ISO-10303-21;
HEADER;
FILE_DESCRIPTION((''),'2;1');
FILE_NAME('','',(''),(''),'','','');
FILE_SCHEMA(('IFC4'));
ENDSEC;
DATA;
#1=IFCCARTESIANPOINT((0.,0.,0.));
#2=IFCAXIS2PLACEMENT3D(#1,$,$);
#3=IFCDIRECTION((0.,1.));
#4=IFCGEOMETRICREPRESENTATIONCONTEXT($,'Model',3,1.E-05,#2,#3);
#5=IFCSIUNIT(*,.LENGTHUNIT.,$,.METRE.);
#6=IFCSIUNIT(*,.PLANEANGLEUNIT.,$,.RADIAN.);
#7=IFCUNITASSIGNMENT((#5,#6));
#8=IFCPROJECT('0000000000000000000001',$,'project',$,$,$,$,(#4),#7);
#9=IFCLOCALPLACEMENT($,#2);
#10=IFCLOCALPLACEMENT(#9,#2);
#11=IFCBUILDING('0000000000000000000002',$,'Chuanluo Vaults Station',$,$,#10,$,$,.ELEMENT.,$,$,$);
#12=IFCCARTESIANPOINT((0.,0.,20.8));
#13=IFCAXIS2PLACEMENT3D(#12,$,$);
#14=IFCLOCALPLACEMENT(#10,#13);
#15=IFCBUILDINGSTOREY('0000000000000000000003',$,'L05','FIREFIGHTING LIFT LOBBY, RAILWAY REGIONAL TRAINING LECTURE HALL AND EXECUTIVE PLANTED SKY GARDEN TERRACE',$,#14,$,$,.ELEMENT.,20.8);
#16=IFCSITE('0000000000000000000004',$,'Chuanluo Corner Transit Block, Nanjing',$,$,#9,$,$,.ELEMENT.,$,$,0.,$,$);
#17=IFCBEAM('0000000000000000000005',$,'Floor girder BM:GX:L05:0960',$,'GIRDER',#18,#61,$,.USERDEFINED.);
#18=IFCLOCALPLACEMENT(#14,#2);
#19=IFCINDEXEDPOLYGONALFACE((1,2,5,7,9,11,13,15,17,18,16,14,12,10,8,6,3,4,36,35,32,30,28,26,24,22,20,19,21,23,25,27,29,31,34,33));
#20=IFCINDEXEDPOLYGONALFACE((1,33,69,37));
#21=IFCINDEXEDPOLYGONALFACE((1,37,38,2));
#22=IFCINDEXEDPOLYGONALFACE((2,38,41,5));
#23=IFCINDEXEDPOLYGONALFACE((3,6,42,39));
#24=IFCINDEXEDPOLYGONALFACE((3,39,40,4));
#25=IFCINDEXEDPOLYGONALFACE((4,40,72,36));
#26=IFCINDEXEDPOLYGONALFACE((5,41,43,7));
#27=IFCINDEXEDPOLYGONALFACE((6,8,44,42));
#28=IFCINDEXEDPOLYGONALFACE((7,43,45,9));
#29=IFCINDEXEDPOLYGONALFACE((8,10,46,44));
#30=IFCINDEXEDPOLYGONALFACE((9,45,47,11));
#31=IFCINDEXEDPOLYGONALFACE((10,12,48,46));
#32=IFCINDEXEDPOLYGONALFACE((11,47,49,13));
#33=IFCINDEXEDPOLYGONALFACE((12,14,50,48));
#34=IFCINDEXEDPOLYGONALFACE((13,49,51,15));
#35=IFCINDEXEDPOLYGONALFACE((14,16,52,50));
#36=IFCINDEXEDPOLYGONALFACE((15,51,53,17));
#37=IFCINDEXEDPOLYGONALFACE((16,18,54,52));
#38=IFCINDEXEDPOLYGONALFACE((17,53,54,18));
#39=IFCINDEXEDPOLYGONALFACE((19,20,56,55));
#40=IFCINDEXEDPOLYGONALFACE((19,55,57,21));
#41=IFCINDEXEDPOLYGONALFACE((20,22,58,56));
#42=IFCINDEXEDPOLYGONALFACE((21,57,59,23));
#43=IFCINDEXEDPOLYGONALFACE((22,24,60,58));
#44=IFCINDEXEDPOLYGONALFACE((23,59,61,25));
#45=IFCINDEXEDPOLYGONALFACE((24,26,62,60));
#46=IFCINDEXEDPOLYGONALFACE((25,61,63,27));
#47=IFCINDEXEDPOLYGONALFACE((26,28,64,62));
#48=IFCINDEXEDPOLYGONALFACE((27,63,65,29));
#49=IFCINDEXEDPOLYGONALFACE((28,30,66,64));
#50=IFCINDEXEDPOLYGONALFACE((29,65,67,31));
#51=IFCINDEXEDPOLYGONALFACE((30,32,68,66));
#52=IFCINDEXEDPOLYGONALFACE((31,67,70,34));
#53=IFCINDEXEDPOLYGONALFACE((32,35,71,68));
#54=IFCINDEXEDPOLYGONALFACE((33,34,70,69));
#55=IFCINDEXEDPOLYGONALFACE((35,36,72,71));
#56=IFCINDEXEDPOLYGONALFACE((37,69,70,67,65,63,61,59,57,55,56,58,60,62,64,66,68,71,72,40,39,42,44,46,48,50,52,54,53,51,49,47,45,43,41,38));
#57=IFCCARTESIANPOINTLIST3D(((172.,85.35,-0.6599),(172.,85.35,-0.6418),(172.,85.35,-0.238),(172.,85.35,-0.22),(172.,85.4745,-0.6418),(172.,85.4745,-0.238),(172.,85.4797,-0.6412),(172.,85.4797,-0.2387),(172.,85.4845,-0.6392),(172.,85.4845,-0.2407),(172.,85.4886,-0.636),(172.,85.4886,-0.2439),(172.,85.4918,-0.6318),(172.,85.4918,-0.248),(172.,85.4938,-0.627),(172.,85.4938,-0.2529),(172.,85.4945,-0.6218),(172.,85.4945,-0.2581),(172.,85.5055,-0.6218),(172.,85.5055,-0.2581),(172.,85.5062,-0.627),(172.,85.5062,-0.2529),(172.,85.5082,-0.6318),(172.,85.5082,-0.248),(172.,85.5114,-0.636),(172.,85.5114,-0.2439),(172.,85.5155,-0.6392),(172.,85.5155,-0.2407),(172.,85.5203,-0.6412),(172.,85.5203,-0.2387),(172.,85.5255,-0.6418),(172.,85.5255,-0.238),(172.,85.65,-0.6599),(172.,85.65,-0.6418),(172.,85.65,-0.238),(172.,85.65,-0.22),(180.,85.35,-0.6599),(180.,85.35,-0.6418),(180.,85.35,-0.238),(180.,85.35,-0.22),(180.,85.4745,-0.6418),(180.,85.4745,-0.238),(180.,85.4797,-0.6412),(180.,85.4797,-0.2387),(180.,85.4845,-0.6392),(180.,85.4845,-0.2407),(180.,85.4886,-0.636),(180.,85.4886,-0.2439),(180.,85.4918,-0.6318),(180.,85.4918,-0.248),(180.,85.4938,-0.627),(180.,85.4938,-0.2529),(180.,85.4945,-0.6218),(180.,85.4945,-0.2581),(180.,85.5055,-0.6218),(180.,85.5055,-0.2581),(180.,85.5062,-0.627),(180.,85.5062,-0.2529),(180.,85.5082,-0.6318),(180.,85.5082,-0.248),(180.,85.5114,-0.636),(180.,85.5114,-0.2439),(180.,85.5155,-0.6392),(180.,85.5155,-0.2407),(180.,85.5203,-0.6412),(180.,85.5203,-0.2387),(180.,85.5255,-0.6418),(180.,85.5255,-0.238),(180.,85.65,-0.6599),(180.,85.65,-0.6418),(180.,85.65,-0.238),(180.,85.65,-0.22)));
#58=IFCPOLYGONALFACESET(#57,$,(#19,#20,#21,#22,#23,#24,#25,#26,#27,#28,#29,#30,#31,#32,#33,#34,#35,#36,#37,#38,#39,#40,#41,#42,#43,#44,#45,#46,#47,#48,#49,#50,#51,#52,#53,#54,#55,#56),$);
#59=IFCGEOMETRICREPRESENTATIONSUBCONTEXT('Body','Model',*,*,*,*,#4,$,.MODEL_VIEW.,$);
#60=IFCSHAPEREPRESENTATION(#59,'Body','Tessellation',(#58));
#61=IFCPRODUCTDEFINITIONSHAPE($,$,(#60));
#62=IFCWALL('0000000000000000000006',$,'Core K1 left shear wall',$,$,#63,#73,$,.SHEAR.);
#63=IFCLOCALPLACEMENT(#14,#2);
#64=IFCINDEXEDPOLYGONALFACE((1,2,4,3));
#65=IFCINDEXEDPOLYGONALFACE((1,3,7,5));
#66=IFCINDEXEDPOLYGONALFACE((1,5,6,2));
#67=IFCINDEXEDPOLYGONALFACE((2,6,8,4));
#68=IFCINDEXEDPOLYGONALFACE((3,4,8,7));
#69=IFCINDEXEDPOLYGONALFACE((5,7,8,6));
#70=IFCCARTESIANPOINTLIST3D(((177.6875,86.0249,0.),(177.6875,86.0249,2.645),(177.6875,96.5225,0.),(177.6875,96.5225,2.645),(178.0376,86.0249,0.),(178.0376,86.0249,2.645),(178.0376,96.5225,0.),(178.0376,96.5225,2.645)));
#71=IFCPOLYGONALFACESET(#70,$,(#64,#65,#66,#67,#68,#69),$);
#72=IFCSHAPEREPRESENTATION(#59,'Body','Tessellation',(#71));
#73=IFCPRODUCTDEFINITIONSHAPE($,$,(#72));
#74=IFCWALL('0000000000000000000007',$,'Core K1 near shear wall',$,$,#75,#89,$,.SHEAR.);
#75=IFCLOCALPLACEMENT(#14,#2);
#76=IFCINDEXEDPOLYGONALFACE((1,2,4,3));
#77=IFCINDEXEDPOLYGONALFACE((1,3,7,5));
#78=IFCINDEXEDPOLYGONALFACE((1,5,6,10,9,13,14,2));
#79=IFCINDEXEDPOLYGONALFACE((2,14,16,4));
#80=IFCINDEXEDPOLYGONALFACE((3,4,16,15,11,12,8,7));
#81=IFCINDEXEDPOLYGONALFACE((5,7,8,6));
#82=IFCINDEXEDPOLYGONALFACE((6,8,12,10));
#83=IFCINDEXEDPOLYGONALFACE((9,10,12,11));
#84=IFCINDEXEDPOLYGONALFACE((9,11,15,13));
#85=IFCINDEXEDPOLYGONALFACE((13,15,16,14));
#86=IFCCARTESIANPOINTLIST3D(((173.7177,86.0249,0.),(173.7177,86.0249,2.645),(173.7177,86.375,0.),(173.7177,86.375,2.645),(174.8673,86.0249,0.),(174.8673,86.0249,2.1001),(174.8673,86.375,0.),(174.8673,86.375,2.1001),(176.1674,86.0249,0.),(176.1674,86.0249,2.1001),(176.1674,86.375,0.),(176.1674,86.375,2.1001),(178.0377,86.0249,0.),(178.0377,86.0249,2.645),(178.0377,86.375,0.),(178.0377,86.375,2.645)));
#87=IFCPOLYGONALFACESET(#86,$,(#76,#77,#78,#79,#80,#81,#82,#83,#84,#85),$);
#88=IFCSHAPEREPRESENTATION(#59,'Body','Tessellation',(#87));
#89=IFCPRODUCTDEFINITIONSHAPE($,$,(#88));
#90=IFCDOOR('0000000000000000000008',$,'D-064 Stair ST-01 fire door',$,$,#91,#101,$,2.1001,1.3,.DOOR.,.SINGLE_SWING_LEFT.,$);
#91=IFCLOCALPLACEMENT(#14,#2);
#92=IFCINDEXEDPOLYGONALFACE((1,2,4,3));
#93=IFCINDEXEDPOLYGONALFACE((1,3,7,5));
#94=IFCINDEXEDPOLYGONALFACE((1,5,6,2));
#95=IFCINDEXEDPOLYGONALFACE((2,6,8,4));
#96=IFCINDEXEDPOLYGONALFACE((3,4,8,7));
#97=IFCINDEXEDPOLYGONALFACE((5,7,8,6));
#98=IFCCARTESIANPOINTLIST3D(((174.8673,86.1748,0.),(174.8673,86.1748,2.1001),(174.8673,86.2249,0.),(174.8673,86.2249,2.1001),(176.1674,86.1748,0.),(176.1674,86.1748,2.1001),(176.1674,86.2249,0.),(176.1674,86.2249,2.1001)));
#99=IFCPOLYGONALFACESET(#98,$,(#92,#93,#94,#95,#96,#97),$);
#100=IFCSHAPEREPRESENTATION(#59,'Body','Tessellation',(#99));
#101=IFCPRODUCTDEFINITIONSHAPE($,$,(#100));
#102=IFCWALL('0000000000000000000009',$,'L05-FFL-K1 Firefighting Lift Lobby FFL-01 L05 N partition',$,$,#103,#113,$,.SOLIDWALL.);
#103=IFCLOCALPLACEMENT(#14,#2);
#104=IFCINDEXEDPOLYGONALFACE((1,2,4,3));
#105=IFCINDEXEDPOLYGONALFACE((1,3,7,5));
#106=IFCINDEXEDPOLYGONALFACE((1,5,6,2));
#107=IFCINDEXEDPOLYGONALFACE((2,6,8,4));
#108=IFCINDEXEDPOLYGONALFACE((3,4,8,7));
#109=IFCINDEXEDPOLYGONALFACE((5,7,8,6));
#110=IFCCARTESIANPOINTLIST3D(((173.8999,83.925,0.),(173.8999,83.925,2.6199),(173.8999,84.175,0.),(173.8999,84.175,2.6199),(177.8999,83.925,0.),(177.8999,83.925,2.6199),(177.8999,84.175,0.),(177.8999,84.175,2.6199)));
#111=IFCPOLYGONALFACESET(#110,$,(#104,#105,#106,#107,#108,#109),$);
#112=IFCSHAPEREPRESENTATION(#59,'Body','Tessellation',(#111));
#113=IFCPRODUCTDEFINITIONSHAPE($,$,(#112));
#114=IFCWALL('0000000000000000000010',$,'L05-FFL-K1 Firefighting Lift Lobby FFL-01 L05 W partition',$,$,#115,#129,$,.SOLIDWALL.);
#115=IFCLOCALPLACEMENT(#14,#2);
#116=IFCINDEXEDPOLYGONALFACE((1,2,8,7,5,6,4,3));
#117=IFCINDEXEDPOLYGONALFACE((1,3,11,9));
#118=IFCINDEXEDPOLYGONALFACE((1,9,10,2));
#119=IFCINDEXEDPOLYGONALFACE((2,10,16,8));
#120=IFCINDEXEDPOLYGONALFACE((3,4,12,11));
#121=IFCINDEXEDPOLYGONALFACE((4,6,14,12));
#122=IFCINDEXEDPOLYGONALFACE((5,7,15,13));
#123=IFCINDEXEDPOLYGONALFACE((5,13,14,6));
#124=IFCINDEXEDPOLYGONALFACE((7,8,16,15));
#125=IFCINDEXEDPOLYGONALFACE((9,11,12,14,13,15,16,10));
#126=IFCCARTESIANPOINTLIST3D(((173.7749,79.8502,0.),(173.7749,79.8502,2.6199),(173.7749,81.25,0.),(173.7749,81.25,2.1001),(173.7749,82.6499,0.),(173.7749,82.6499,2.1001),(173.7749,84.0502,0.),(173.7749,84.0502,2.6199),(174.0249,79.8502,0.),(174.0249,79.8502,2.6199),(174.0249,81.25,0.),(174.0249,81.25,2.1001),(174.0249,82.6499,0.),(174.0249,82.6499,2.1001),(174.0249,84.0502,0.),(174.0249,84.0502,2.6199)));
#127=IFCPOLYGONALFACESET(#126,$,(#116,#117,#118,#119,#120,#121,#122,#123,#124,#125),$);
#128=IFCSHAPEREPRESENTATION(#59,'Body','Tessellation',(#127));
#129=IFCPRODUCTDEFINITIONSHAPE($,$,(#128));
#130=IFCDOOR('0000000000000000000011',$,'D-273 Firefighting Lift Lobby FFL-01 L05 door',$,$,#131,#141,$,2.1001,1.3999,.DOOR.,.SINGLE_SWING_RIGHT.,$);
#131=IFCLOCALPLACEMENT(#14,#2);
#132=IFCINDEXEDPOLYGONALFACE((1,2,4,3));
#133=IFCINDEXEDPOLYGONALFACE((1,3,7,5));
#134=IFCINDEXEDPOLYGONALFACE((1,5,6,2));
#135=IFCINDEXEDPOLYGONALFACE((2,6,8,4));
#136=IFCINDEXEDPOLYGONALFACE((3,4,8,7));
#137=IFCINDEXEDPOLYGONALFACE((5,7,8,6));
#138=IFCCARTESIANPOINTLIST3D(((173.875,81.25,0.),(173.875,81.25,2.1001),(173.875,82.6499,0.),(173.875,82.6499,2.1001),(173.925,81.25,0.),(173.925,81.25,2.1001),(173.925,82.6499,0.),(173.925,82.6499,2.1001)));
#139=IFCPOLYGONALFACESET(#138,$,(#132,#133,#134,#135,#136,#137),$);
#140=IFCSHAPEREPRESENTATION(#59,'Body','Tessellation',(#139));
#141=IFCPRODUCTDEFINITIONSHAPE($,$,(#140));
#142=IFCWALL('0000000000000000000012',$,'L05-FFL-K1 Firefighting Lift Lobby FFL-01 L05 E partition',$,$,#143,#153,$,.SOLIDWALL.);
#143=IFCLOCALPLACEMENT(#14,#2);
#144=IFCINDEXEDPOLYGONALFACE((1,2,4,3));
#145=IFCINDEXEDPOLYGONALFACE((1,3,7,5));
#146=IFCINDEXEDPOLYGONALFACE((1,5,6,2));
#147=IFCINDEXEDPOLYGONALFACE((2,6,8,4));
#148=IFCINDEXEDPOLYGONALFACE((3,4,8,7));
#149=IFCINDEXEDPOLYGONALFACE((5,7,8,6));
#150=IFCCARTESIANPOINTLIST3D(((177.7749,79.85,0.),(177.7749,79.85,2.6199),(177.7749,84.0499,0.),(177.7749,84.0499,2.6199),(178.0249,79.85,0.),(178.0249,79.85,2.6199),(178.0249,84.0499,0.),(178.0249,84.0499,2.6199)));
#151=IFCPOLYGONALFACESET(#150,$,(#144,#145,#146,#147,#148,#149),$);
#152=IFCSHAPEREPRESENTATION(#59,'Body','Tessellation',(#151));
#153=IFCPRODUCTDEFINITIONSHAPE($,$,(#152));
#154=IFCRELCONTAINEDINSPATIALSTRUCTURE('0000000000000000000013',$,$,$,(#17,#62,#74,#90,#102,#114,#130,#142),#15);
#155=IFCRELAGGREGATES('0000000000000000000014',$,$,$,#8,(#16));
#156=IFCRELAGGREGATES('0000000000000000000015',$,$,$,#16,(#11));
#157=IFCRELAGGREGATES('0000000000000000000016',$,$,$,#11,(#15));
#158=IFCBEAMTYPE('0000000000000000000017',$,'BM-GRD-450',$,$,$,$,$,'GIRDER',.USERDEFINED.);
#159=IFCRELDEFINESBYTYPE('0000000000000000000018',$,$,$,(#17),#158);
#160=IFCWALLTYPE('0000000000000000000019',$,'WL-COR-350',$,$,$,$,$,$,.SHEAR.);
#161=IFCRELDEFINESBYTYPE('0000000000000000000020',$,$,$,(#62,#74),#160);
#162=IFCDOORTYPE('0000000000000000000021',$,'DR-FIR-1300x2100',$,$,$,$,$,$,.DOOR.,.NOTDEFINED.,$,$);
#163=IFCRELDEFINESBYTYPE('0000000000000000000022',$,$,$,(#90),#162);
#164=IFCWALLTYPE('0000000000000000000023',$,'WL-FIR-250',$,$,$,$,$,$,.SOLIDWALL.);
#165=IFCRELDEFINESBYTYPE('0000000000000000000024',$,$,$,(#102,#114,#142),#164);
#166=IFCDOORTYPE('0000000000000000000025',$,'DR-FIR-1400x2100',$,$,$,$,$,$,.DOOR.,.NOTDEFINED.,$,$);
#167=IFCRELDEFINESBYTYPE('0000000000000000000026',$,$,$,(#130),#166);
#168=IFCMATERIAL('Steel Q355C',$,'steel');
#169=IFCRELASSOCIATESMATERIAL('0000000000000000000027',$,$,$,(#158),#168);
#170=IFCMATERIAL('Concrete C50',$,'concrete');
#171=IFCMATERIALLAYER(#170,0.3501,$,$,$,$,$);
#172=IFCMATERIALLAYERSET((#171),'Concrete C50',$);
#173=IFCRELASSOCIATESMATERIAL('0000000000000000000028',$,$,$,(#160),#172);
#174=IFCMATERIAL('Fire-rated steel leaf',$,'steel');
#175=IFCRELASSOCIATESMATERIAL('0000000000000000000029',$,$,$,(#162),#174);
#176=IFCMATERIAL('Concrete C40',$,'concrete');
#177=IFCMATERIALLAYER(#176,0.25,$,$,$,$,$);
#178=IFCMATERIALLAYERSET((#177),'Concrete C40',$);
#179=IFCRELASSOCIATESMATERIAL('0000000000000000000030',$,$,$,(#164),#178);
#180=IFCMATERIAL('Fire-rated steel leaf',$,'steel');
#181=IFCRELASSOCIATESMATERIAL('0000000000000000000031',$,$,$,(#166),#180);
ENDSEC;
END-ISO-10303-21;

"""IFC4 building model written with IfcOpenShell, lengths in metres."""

from ifc_helpers import new_model, si_unit, direction, frame, frame_2d, origin, origin_2d, place, context, subcontext, project, spatial, rectangle, i_section, extrude, material, layer, layer_set, material_profile, profile_set, type_object, element, fill, save


model = new_model("IFC4")

# Units and contexts
model_context = context("Model", 3, precision=1e-05, world=origin(), true_north=direction((0.0, 1.0)))
body_context = subcontext(model_context, "Body", "Model", "MODEL_VIEW")
ifc_project = project(units=[si_unit("LENGTHUNIT", "METRE"), si_unit("PLANEANGLEUNIT", "RADIAN")], contexts=[model_context])

# Site, building, storey
site_placement = place(None, origin())
site = spatial("IfcSite", under=ifc_project, at=site_placement, Name="Chuanluo Corner Transit Block, Nanjing", CompositionType="ELEMENT", RefElevation=0.0)
building_placement = place(site_placement, origin())
building = spatial("IfcBuilding", under=site, at=building_placement, Name="Chuanluo Vaults Station", CompositionType="ELEMENT")
storey_placement = place(building_placement, frame((0.0, 0.0, 20.8)))
storey = spatial("IfcBuildingStorey", under=building, at=storey_placement, Name="L05", Description="FIREFIGHTING LIFT LOBBY, RAILWAY REGIONAL TRAINING LECTURE HALL AND EXECUTIVE PLANTED SKY GARDEN TERRACE", CompositionType="ELEMENT", Elevation=20.8)

# Beam
ifc_material_1 = material(Name="Steel Q355C", Category="steel")
ifc_material_profile_1 = material_profile(ifc_material_1, i_section(OverallWidth=0.3, OverallDepth=0.4399, WebThickness=0.011, FlangeThickness=0.0181, FilletRadius=0.02, at=origin_2d()))
ifc_profile_set_1 = profile_set([ifc_material_profile_1], Name="Steel Q355C")
beam_type_1 = type_object("IfcBeamType", Name="BM-GRD-450", ElementType="GIRDER", PredefinedType="USERDEFINED", material=ifc_profile_set_1)
for number, where, z_axis, x_axis, name in (
    (1, (172.0, 85.5, -0.4399), (1.0, 0.0, 0.0), (0.0, 1.0, 0.0), "Floor girder BM:GX:L05:0960"),
):
    element("IfcBeam", number, at=place(storey_placement, frame(where, z_axis=z_axis, x_axis=x_axis)), inside=storey, type_object=beam_type_1, Name=name, ObjectType="GIRDER", PredefinedType="USERDEFINED", context=body_context, shape_type="SweptSolid", body=[
        extrude(i_section(OverallWidth=0.3, OverallDepth=0.4399, WebThickness=0.011, FlangeThickness=0.0181, FilletRadius=0.02, at=origin_2d()), origin(), (0.0, 0.0, 1.0), 8.0),
    ])

# Wall
ifc_material_2 = material(Name="Concrete C50", Category="concrete")
ifc_layer_1 = layer(ifc_material_2, 0.3501)
ifc_layer_set_1 = layer_set([ifc_layer_1], Name="Concrete C50")
wall_type_1 = type_object("IfcWallType", Name="WL-COR-350", PredefinedType="SHEAR", material=ifc_layer_set_1)
wall_1_placement = place(storey_placement, frame((177.8625, 86.0249, 0.0), z_axis=(0.0, 0.0, 1.0), x_axis=(0.0, 1.0, 0.0)))
element("IfcWall", 2, at=wall_1_placement, inside=storey, type_object=wall_type_1, Name="Core K1 left shear wall", PredefinedType="SHEAR", context=body_context, shape_type="SweptSolid", body=[
    extrude(rectangle(XDim=10.4976, YDim=0.3501, at=frame_2d((5.2488, 0.0))), origin(), (0.0, 0.0, 1.0), 2.645),
])

# Wall, opening, door
wall_2_placement = place(storey_placement, frame((173.7175, 86.2, 0.0), z_axis=(0.0, 0.0, 1.0), x_axis=(1.0, 0.0, 0.0)))
wall_2 = element("IfcWall", 3, at=wall_2_placement, inside=storey, type_object=wall_type_1, Name="Core K1 near shear wall", PredefinedType="SHEAR", context=body_context, shape_type="SweptSolid", body=[
    extrude(rectangle(XDim=4.3201, YDim=0.3501, at=frame_2d((2.1602, 0.0))), origin(), (0.0, 0.0, 1.0), 2.645),
])
opening_1_placement = place(wall_2_placement, frame((1.1499, 0.0, 0.0)))
opening_1 = element("IfcOpeningElement", 4, at=opening_1_placement, cuts=wall_2, PredefinedType="OPENING", context=body_context, shape_type="SweptSolid", body=[
    extrude(rectangle(XDim=1.3, YDim=2.1001, at=frame_2d((0.6499, 1.05))), frame((0.0, 0.185, 0.0), z_axis=(0.0, -1.0, 0.0), x_axis=(1.0, 0.0, 0.0)), (0.0, 0.0, 1.0), 0.3701),
])
ifc_material_3 = material(Name="Fire-rated steel leaf", Category="steel")
door_type_1 = type_object("IfcDoorType", Name="DR-FIR-1300x2100", OperationType="NOTDEFINED", PredefinedType="DOOR", material=ifc_material_3)
door_1_placement = place(opening_1_placement, origin())
door_1 = element("IfcDoor", 5, at=door_1_placement, inside=storey, type_object=door_type_1, Name="D-064 Stair ST-01 fire door", OperationType="SINGLE_SWING_LEFT", OverallHeight=2.1001, OverallWidth=1.3, PredefinedType="DOOR", context=body_context, shape_type="SweptSolid", body=[
    extrude(rectangle(XDim=1.3, YDim=2.1001, at=frame_2d((0.6499, 1.05))), frame((0.0, 0.0249, 0.0), z_axis=(0.0, -1.0, 0.0), x_axis=(1.0, 0.0, 0.0)), (0.0, 0.0, 1.0), 0.05),
])
fill(opening_1, door_1)

# Wall
ifc_material_4 = material(Name="Concrete C40", Category="concrete")
ifc_layer_2 = layer(ifc_material_4, 0.25)
ifc_layer_set_2 = layer_set([ifc_layer_2], Name="Concrete C40")
wall_type_2 = type_object("IfcWallType", Name="WL-FIR-250", PredefinedType="SOLIDWALL", material=ifc_layer_set_2)
wall_3_placement = place(storey_placement, frame((173.8999, 84.05, 0.0), z_axis=(0.0, 0.0, 1.0), x_axis=(1.0, 0.0, 0.0)))
element("IfcWall", 6, at=wall_3_placement, inside=storey, type_object=wall_type_2, Name="L05-FFL-K1 Firefighting Lift Lobby FFL-01 L05 N partition", PredefinedType="SOLIDWALL", context=body_context, shape_type="SweptSolid", body=[
    extrude(rectangle(XDim=4.0, YDim=0.25, at=frame_2d((2.0, 0.0))), origin(), (0.0, 0.0, 1.0), 2.6199),
])

# Wall, opening, door
wall_4_placement = place(storey_placement, frame((173.8999, 79.8501, 0.0), z_axis=(0.0, 0.0, 1.0), x_axis=(0.0, 1.0, 0.0)))
wall_4 = element("IfcWall", 7, at=wall_4_placement, inside=storey, type_object=wall_type_2, Name="L05-FFL-K1 Firefighting Lift Lobby FFL-01 L05 W partition", PredefinedType="SOLIDWALL", context=body_context, shape_type="SweptSolid", body=[
    extrude(rectangle(XDim=4.2, YDim=0.25, at=frame_2d((2.1001, 0.0))), origin(), (0.0, 0.0, 1.0), 2.6199),
])
opening_2_placement = place(wall_4_placement, frame((1.3999, 0.0, 0.0)))
opening_2 = element("IfcOpeningElement", 8, at=opening_2_placement, cuts=wall_4, PredefinedType="OPENING", context=body_context, shape_type="SweptSolid", body=[
    extrude(rectangle(XDim=1.3999, YDim=2.1001, at=frame_2d((0.7, 1.05))), frame((0.0, 0.135, 0.0), z_axis=(0.0, -1.0, 0.0), x_axis=(1.0, 0.0, 0.0)), (0.0, 0.0, 1.0), 0.27),
])
ifc_material_5 = material(Name="Fire-rated steel leaf", Category="steel")
door_type_2 = type_object("IfcDoorType", Name="DR-FIR-1400x2100", OperationType="NOTDEFINED", PredefinedType="DOOR", material=ifc_material_5)
door_2_placement = place(opening_2_placement, origin())
door_2 = element("IfcDoor", 9, at=door_2_placement, inside=storey, type_object=door_type_2, Name="D-273 Firefighting Lift Lobby FFL-01 L05 door", OperationType="SINGLE_SWING_RIGHT", OverallHeight=2.1001, OverallWidth=1.3999, PredefinedType="DOOR", context=body_context, shape_type="SweptSolid", body=[
    extrude(rectangle(XDim=1.3999, YDim=2.1001, at=frame_2d((0.7, 1.05))), frame((0.0, 0.0249, 0.0), z_axis=(0.0, -1.0, 0.0), x_axis=(1.0, 0.0, 0.0)), (0.0, 0.0, 1.0), 0.05),
])
fill(opening_2, door_2)

# Wall
wall_5_placement = place(storey_placement, frame((177.8999, 84.05, 0.0), z_axis=(0.0, 0.0, 1.0), x_axis=(0.0, -1.0, 0.0)))
element("IfcWall", 10, at=wall_5_placement, inside=storey, type_object=wall_type_2, Name="L05-FFL-K1 Firefighting Lift Lobby FFL-01 L05 E partition", PredefinedType="SOLIDWALL", context=body_context, shape_type="SweptSolid", body=[
    extrude(rectangle(XDim=4.2, YDim=0.25, at=frame_2d((2.1001, 0.0))), origin(), (0.0, 0.0, 1.0), 2.6199),
])

save(model, "model.ifc")
